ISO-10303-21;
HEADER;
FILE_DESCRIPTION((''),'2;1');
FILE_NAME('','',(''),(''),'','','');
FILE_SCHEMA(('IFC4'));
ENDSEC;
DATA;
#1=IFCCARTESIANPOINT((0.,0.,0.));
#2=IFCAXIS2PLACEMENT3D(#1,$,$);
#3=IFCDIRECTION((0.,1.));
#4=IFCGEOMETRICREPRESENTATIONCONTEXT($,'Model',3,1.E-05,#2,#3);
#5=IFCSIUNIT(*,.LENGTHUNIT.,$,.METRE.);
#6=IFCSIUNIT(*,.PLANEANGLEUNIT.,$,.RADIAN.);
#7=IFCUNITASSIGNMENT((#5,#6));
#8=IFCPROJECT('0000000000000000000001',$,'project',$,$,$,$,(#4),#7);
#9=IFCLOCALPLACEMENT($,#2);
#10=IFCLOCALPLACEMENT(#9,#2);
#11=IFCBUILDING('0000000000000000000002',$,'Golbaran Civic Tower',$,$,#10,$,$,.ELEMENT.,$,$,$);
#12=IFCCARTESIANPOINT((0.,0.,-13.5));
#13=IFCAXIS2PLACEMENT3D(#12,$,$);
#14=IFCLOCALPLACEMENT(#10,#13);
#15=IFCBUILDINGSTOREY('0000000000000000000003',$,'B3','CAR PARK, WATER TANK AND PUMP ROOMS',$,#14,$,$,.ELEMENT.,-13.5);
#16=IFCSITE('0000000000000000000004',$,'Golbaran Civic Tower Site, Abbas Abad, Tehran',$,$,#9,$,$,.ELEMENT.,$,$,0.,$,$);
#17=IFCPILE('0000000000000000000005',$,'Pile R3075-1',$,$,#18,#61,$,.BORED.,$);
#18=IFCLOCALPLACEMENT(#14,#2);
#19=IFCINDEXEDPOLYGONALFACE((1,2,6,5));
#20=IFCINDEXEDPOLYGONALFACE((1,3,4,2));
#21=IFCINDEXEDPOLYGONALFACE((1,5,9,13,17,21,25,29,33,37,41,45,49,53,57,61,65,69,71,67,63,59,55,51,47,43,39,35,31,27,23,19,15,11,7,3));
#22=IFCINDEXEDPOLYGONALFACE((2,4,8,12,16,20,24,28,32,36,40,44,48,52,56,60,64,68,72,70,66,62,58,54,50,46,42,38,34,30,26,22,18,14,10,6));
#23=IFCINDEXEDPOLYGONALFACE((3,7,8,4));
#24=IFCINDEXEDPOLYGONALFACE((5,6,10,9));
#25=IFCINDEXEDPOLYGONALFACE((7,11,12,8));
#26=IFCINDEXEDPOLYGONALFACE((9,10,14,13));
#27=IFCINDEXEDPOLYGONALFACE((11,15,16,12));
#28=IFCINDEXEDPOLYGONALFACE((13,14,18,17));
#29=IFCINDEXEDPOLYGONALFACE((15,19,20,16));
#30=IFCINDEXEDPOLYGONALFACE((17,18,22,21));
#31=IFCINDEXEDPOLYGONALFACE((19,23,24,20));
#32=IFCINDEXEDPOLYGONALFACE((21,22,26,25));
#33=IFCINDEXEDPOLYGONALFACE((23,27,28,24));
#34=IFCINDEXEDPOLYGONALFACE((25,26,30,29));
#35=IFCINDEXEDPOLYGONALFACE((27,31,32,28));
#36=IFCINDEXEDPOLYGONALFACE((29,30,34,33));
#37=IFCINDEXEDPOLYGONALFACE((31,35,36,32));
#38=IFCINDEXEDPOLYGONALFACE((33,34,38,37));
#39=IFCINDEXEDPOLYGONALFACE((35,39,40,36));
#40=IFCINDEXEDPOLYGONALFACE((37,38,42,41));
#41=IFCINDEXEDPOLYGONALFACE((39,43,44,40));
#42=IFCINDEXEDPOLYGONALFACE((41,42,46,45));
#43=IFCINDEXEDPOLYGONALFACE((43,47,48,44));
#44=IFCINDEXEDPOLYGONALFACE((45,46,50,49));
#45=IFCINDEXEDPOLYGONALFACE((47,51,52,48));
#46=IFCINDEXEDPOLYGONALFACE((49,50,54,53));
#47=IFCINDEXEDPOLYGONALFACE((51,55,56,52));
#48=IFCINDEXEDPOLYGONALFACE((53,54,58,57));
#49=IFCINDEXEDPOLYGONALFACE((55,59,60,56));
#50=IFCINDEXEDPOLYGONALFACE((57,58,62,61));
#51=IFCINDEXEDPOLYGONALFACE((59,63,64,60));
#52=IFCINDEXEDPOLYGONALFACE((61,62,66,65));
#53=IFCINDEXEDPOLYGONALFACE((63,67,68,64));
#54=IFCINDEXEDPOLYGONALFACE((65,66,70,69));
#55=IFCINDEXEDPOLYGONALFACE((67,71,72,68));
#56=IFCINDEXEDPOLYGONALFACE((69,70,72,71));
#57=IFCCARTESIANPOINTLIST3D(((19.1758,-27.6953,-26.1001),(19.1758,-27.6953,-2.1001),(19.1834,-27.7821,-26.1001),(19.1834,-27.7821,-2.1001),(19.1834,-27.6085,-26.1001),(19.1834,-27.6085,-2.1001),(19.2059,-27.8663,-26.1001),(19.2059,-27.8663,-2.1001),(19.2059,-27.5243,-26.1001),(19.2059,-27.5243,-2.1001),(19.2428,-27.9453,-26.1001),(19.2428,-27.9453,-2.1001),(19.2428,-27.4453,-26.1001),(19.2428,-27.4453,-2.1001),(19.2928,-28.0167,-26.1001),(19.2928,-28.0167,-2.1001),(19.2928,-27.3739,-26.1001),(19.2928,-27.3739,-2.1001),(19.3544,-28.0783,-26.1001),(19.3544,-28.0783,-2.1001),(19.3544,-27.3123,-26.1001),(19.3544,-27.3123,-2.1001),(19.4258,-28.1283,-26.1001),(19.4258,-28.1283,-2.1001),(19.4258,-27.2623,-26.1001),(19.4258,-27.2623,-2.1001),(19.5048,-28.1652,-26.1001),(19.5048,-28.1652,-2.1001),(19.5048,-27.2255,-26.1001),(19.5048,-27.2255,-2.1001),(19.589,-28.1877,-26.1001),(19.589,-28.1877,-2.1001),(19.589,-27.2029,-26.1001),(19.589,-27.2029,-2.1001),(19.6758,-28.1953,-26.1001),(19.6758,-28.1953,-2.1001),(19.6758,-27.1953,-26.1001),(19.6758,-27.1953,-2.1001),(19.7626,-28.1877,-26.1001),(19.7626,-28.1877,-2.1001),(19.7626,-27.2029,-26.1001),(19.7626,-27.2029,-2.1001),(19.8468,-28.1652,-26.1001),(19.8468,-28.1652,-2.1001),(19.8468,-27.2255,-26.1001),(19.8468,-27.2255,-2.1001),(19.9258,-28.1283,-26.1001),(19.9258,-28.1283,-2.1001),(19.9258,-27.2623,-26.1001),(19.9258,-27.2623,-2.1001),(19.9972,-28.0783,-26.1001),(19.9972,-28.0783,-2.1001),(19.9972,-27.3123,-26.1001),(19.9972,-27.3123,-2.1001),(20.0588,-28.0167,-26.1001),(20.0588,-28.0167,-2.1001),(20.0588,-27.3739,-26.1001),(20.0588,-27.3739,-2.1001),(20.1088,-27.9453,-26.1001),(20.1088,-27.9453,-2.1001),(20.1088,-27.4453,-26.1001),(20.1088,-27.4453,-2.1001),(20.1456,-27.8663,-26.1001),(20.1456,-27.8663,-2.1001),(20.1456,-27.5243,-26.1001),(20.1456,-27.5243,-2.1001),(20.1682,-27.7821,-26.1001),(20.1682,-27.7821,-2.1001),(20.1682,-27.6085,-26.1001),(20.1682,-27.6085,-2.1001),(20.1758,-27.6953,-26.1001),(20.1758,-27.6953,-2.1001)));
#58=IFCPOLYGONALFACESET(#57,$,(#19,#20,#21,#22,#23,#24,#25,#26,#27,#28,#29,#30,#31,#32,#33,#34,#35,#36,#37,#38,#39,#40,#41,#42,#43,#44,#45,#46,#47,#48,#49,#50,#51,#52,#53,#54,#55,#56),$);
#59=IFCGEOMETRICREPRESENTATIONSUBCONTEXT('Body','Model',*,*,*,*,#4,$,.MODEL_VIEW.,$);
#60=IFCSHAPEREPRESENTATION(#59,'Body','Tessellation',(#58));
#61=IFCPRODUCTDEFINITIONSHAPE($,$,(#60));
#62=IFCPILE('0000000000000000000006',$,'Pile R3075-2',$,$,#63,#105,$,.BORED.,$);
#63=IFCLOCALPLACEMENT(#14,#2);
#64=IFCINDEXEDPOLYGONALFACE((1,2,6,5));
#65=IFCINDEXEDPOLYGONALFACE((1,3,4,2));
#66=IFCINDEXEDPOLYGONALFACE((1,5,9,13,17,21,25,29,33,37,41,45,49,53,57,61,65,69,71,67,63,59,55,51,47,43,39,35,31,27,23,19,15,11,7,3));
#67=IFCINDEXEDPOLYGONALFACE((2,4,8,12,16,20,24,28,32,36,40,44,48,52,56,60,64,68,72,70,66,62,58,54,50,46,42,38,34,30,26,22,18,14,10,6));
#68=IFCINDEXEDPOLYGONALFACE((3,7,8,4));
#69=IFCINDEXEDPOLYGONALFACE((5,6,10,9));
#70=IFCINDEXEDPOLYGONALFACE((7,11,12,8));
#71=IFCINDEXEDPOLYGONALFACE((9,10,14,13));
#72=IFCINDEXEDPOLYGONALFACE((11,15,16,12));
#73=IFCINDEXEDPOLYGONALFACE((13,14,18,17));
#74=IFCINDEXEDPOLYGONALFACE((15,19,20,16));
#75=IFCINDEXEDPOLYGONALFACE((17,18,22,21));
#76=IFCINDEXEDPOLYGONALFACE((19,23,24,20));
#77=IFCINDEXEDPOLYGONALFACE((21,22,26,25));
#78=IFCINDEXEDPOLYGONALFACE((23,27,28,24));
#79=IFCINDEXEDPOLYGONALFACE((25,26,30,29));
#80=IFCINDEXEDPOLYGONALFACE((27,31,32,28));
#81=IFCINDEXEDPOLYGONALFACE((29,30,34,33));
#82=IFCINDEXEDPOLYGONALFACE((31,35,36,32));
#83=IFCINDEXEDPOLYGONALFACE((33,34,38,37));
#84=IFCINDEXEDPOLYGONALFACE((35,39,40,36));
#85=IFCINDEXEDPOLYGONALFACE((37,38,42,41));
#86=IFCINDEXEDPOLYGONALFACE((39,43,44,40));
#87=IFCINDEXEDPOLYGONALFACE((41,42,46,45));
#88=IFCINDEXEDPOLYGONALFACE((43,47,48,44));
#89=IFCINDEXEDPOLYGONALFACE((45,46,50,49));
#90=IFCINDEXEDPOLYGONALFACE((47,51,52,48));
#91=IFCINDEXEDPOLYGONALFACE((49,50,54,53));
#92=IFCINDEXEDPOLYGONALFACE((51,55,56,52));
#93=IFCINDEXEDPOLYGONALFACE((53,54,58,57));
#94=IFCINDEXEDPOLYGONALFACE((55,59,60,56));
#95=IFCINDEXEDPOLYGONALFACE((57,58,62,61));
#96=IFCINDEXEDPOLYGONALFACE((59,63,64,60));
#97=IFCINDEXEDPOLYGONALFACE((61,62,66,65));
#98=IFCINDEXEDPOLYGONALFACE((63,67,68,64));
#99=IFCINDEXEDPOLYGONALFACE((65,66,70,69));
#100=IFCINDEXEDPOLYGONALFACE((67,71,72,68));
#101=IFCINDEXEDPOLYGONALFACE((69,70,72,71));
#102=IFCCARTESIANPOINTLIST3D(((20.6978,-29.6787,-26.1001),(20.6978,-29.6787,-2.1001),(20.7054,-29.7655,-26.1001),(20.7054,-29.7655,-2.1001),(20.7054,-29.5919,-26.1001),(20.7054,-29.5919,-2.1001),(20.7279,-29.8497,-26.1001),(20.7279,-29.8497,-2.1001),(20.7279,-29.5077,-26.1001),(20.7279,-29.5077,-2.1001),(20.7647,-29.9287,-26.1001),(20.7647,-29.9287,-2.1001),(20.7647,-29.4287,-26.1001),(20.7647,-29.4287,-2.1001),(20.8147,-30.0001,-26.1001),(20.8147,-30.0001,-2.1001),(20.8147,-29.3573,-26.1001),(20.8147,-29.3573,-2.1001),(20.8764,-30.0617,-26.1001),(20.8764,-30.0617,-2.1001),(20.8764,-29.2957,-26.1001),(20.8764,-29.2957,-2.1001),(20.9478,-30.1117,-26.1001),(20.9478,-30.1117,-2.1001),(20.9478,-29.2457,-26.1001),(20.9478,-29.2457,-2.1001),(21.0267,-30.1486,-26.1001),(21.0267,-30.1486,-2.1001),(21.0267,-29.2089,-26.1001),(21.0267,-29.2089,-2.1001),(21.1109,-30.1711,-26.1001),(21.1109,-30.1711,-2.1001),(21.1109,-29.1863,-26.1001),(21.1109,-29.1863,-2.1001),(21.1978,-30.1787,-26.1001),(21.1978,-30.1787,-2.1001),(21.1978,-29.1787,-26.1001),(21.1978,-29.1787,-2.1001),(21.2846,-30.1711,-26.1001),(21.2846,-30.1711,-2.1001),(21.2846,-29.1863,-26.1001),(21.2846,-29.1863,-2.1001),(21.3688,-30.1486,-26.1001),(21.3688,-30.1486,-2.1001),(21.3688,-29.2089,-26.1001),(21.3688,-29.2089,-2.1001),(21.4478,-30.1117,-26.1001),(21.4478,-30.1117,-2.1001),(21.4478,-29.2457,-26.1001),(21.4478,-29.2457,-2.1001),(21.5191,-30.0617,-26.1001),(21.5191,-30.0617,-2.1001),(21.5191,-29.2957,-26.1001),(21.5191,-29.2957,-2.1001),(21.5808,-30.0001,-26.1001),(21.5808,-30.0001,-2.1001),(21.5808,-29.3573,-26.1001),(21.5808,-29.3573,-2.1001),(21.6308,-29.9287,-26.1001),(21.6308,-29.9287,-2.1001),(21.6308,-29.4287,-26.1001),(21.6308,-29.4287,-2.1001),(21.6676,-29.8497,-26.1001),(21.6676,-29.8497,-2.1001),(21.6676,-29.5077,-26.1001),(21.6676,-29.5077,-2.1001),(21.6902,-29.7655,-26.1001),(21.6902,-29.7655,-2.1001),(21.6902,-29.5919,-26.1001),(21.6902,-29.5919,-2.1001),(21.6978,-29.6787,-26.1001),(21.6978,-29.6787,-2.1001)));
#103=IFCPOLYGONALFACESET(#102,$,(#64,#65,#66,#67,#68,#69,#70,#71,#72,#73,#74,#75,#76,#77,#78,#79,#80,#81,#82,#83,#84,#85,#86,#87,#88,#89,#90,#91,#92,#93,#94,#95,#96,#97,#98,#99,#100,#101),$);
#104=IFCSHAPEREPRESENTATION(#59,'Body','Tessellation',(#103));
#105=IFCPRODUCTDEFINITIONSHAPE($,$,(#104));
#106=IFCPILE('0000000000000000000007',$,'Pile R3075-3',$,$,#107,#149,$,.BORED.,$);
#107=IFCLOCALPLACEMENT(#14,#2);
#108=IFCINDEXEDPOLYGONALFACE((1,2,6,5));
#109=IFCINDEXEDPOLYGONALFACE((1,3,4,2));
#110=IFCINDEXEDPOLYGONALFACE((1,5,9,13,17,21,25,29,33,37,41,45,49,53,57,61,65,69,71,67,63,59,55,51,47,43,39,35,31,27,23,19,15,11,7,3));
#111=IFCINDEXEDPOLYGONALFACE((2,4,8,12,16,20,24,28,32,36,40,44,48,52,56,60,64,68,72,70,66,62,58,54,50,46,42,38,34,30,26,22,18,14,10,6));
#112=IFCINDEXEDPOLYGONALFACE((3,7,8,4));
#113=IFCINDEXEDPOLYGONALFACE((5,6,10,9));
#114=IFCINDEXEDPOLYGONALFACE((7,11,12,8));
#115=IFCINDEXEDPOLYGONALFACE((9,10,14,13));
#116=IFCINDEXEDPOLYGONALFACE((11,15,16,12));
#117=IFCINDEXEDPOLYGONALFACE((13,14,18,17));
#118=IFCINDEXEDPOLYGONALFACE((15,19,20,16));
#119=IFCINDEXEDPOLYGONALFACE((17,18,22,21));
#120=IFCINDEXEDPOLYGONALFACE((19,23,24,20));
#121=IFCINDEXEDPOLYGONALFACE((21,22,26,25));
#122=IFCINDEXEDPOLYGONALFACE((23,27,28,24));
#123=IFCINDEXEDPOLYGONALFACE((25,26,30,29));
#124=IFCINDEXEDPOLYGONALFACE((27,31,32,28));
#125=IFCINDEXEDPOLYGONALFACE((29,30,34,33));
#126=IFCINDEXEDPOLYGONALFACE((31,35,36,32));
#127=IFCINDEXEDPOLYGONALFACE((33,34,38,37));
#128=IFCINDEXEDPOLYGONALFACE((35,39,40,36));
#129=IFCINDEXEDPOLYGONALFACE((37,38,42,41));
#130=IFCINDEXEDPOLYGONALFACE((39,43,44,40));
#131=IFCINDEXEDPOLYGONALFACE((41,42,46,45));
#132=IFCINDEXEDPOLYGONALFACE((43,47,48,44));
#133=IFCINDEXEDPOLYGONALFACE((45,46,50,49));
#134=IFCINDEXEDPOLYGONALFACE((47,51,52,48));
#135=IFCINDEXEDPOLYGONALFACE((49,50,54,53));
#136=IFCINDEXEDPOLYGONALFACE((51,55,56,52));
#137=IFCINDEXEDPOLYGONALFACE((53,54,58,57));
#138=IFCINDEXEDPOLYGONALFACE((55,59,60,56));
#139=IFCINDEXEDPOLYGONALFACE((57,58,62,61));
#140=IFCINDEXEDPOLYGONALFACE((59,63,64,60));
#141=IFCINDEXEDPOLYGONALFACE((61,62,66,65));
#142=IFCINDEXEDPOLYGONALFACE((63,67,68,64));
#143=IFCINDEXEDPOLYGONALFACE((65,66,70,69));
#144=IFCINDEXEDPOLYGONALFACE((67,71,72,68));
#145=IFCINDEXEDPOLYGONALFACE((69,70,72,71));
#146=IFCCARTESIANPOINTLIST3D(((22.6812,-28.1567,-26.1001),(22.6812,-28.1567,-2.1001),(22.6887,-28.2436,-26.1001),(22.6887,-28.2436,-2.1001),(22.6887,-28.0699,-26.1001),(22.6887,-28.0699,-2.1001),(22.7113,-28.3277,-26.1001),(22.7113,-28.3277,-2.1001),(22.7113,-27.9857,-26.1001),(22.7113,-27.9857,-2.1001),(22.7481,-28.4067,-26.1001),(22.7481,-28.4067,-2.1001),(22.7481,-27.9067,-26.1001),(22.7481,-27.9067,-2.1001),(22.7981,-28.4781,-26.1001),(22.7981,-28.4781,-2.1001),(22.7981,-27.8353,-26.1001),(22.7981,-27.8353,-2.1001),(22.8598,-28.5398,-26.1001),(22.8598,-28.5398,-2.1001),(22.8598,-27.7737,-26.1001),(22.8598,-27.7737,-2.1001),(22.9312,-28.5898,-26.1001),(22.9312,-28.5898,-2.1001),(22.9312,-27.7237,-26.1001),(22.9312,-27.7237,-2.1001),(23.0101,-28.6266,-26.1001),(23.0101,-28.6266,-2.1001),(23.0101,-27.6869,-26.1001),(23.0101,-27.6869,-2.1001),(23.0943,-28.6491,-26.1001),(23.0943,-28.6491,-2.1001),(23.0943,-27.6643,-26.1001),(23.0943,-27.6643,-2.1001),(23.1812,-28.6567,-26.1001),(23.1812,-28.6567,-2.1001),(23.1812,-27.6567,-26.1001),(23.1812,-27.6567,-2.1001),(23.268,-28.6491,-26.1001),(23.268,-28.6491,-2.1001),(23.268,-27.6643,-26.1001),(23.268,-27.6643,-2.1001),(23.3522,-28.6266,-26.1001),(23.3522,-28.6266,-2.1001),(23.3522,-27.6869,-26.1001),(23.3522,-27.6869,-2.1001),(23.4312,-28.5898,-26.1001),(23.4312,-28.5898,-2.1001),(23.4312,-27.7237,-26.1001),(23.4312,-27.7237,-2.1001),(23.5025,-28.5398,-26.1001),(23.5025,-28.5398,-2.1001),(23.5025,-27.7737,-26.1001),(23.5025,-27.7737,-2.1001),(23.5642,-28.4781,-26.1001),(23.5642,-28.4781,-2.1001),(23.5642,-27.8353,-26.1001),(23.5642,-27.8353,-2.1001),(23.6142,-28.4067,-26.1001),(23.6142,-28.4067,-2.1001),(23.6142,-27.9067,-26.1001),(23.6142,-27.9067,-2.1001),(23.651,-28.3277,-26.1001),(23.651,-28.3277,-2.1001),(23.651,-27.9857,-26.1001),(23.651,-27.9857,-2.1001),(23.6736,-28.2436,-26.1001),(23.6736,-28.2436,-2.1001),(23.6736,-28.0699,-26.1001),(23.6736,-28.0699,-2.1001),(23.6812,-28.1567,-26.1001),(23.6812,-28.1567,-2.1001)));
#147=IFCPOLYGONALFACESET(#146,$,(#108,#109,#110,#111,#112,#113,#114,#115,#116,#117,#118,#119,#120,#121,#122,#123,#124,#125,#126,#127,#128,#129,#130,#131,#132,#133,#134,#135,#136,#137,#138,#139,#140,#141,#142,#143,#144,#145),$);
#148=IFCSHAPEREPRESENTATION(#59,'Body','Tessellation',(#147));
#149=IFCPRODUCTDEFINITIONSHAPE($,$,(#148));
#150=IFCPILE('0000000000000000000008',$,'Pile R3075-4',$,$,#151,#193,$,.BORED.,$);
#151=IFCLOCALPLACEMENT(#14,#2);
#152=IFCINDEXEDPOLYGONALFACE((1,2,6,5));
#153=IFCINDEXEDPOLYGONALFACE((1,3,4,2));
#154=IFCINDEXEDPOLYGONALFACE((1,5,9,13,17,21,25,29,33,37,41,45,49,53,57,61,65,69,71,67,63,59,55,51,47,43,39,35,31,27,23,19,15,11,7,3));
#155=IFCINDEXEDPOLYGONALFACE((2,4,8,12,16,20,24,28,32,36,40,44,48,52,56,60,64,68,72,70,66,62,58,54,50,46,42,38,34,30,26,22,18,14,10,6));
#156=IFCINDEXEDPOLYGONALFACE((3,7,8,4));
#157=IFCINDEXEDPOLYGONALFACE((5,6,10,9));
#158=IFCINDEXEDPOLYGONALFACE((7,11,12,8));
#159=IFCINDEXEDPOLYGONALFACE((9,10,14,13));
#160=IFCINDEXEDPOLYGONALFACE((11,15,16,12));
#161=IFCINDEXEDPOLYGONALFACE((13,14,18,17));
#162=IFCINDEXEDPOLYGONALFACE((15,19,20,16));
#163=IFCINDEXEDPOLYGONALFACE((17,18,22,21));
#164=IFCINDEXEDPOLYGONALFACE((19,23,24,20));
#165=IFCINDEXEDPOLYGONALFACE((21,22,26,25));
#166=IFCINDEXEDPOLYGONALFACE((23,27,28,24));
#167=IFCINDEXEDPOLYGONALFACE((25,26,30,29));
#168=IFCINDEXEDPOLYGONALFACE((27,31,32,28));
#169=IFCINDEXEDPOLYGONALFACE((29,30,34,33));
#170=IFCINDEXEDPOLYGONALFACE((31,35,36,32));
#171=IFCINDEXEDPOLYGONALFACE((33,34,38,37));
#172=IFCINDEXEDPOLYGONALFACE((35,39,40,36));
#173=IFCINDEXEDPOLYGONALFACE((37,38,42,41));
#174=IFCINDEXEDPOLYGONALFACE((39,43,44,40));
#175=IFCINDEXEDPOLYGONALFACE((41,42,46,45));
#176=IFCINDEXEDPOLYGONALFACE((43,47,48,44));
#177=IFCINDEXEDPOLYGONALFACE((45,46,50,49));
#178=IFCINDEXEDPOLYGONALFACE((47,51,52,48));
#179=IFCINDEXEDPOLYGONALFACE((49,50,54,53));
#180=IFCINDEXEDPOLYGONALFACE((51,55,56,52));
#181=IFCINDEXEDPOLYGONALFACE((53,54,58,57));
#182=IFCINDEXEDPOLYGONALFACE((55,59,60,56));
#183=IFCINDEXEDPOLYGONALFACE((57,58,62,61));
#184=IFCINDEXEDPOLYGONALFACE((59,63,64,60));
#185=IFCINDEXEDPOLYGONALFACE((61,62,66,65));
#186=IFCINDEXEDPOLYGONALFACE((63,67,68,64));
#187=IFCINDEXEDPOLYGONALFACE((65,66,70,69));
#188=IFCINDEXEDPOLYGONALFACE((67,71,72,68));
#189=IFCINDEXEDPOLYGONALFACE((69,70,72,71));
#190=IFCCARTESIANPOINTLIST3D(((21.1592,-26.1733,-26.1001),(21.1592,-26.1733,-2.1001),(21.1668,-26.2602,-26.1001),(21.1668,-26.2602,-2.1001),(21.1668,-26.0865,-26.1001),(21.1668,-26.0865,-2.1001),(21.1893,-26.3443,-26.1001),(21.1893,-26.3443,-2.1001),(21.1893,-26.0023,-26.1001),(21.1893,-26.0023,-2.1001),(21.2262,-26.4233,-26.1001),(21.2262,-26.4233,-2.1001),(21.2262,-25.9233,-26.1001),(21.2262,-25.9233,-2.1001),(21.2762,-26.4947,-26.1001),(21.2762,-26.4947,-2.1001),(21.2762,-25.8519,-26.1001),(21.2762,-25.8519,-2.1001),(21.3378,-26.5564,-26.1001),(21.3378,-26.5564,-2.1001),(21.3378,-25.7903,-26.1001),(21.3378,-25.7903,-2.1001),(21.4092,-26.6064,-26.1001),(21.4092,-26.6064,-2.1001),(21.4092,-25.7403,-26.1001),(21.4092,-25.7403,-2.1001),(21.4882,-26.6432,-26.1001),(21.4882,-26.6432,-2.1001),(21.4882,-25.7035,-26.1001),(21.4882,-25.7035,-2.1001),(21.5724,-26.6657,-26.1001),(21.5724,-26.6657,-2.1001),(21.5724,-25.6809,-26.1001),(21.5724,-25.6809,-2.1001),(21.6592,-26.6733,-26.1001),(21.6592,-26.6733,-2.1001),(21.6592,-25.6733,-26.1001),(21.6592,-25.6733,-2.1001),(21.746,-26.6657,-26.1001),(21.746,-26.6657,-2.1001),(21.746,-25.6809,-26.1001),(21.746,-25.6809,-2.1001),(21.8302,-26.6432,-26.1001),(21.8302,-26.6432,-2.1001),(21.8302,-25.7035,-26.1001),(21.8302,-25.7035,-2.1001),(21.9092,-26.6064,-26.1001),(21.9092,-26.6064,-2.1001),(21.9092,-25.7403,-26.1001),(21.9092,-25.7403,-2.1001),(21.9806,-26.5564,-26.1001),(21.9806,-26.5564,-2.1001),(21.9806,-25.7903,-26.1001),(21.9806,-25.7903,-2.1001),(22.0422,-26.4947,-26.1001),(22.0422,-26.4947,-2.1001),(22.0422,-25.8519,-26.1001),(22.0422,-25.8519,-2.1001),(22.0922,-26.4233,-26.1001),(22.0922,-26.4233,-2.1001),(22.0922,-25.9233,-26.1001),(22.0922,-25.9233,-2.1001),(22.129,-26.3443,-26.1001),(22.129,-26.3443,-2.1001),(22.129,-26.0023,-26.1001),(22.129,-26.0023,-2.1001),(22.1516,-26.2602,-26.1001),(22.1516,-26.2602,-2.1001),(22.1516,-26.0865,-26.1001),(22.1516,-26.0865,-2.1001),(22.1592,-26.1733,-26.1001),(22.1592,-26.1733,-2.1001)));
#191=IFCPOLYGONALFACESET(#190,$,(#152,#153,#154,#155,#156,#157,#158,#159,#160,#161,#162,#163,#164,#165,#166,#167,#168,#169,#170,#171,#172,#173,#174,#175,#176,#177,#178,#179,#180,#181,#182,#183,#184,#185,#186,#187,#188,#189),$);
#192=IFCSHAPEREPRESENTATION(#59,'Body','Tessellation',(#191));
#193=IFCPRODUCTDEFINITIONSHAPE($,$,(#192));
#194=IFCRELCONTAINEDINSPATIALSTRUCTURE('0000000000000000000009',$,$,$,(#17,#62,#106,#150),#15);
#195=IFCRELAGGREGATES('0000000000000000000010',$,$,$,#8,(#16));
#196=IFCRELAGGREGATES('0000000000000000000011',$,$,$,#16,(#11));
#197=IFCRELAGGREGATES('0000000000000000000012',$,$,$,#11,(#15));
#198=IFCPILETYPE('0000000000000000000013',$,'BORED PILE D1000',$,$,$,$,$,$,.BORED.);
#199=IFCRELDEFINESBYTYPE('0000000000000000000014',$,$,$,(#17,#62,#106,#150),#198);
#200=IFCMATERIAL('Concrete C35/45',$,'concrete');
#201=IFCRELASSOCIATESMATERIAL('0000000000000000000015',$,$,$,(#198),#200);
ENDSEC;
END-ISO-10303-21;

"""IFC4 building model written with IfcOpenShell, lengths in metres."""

from ifc_helpers import new_model, si_unit, direction, frame, origin, origin_2d, place, context, subcontext, project, spatial, circle, extrude, material, material_profile, profile_set, type_object, element, save


model = new_model("IFC4")

# Units and contexts
model_context = context("Model", 3, precision=1e-05, world=origin(), true_north=direction((0.0, 1.0)))
body_context = subcontext(model_context, "Body", "Model", "MODEL_VIEW")
ifc_project = project(units=[si_unit("LENGTHUNIT", "METRE"), si_unit("PLANEANGLEUNIT", "RADIAN")], contexts=[model_context])

# Site, building, storey
site_placement = place(None, origin())
site = spatial("IfcSite", under=ifc_project, at=site_placement, Name="Golbaran Civic Tower Site, Abbas Abad, Tehran", CompositionType="ELEMENT", RefElevation=0.0)
building_placement = place(site_placement, origin())
building = spatial("IfcBuilding", under=site, at=building_placement, Name="Golbaran Civic Tower", CompositionType="ELEMENT")
storey_placement = place(building_placement, frame((0.0, 0.0, -13.5)))
storey = spatial("IfcBuildingStorey", under=building, at=storey_placement, Name="B3", Description="CAR PARK, WATER TANK AND PUMP ROOMS", CompositionType="ELEMENT", Elevation=-13.5)

# Piles
ifc_material_1 = material(Name="Concrete C35/45", Category="concrete")
ifc_material_profile_1 = material_profile(ifc_material_1, circle(Radius=0.5, at=origin_2d()), Name="BORED PILE D1000")
ifc_profile_set_1 = profile_set([ifc_material_profile_1], Name="Concrete C35/45")
pile_type_1 = type_object("IfcPileType", Name="BORED PILE D1000", PredefinedType="BORED", material=ifc_profile_set_1)
for number, where, z_axis, x_axis, name in (
    (1, (19.6758, -27.6953, -2.1001), (0.0, 0.0, -1.0), (1.0, 0.0, 0.0), "Pile R3075-1"),
    (2, (21.1978, -29.6787, -2.1001), (0.0, 0.0, -1.0), (1.0, 0.0, 0.0), "Pile R3075-2"),
    (3, (23.1812, -28.1567, -2.1001), (0.0, 0.0, -1.0), (1.0, 0.0, 0.0), "Pile R3075-3"),
    (4, (21.6592, -26.1733, -2.1001), (0.0, 0.0, -1.0), (1.0, 0.0, 0.0), "Pile R3075-4"),
):
    element("IfcPile", number, at=place(storey_placement, frame(where, z_axis=z_axis, x_axis=x_axis)), inside=storey, type_object=pile_type_1, Name=name, PredefinedType="BORED", context=body_context, shape_type="SweptSolid", body=[
        extrude(circle(Radius=0.5, at=origin_2d()), origin(), (0.0, 0.0, 1.0), 24.0),
    ])

save(model, "model.ifc")
